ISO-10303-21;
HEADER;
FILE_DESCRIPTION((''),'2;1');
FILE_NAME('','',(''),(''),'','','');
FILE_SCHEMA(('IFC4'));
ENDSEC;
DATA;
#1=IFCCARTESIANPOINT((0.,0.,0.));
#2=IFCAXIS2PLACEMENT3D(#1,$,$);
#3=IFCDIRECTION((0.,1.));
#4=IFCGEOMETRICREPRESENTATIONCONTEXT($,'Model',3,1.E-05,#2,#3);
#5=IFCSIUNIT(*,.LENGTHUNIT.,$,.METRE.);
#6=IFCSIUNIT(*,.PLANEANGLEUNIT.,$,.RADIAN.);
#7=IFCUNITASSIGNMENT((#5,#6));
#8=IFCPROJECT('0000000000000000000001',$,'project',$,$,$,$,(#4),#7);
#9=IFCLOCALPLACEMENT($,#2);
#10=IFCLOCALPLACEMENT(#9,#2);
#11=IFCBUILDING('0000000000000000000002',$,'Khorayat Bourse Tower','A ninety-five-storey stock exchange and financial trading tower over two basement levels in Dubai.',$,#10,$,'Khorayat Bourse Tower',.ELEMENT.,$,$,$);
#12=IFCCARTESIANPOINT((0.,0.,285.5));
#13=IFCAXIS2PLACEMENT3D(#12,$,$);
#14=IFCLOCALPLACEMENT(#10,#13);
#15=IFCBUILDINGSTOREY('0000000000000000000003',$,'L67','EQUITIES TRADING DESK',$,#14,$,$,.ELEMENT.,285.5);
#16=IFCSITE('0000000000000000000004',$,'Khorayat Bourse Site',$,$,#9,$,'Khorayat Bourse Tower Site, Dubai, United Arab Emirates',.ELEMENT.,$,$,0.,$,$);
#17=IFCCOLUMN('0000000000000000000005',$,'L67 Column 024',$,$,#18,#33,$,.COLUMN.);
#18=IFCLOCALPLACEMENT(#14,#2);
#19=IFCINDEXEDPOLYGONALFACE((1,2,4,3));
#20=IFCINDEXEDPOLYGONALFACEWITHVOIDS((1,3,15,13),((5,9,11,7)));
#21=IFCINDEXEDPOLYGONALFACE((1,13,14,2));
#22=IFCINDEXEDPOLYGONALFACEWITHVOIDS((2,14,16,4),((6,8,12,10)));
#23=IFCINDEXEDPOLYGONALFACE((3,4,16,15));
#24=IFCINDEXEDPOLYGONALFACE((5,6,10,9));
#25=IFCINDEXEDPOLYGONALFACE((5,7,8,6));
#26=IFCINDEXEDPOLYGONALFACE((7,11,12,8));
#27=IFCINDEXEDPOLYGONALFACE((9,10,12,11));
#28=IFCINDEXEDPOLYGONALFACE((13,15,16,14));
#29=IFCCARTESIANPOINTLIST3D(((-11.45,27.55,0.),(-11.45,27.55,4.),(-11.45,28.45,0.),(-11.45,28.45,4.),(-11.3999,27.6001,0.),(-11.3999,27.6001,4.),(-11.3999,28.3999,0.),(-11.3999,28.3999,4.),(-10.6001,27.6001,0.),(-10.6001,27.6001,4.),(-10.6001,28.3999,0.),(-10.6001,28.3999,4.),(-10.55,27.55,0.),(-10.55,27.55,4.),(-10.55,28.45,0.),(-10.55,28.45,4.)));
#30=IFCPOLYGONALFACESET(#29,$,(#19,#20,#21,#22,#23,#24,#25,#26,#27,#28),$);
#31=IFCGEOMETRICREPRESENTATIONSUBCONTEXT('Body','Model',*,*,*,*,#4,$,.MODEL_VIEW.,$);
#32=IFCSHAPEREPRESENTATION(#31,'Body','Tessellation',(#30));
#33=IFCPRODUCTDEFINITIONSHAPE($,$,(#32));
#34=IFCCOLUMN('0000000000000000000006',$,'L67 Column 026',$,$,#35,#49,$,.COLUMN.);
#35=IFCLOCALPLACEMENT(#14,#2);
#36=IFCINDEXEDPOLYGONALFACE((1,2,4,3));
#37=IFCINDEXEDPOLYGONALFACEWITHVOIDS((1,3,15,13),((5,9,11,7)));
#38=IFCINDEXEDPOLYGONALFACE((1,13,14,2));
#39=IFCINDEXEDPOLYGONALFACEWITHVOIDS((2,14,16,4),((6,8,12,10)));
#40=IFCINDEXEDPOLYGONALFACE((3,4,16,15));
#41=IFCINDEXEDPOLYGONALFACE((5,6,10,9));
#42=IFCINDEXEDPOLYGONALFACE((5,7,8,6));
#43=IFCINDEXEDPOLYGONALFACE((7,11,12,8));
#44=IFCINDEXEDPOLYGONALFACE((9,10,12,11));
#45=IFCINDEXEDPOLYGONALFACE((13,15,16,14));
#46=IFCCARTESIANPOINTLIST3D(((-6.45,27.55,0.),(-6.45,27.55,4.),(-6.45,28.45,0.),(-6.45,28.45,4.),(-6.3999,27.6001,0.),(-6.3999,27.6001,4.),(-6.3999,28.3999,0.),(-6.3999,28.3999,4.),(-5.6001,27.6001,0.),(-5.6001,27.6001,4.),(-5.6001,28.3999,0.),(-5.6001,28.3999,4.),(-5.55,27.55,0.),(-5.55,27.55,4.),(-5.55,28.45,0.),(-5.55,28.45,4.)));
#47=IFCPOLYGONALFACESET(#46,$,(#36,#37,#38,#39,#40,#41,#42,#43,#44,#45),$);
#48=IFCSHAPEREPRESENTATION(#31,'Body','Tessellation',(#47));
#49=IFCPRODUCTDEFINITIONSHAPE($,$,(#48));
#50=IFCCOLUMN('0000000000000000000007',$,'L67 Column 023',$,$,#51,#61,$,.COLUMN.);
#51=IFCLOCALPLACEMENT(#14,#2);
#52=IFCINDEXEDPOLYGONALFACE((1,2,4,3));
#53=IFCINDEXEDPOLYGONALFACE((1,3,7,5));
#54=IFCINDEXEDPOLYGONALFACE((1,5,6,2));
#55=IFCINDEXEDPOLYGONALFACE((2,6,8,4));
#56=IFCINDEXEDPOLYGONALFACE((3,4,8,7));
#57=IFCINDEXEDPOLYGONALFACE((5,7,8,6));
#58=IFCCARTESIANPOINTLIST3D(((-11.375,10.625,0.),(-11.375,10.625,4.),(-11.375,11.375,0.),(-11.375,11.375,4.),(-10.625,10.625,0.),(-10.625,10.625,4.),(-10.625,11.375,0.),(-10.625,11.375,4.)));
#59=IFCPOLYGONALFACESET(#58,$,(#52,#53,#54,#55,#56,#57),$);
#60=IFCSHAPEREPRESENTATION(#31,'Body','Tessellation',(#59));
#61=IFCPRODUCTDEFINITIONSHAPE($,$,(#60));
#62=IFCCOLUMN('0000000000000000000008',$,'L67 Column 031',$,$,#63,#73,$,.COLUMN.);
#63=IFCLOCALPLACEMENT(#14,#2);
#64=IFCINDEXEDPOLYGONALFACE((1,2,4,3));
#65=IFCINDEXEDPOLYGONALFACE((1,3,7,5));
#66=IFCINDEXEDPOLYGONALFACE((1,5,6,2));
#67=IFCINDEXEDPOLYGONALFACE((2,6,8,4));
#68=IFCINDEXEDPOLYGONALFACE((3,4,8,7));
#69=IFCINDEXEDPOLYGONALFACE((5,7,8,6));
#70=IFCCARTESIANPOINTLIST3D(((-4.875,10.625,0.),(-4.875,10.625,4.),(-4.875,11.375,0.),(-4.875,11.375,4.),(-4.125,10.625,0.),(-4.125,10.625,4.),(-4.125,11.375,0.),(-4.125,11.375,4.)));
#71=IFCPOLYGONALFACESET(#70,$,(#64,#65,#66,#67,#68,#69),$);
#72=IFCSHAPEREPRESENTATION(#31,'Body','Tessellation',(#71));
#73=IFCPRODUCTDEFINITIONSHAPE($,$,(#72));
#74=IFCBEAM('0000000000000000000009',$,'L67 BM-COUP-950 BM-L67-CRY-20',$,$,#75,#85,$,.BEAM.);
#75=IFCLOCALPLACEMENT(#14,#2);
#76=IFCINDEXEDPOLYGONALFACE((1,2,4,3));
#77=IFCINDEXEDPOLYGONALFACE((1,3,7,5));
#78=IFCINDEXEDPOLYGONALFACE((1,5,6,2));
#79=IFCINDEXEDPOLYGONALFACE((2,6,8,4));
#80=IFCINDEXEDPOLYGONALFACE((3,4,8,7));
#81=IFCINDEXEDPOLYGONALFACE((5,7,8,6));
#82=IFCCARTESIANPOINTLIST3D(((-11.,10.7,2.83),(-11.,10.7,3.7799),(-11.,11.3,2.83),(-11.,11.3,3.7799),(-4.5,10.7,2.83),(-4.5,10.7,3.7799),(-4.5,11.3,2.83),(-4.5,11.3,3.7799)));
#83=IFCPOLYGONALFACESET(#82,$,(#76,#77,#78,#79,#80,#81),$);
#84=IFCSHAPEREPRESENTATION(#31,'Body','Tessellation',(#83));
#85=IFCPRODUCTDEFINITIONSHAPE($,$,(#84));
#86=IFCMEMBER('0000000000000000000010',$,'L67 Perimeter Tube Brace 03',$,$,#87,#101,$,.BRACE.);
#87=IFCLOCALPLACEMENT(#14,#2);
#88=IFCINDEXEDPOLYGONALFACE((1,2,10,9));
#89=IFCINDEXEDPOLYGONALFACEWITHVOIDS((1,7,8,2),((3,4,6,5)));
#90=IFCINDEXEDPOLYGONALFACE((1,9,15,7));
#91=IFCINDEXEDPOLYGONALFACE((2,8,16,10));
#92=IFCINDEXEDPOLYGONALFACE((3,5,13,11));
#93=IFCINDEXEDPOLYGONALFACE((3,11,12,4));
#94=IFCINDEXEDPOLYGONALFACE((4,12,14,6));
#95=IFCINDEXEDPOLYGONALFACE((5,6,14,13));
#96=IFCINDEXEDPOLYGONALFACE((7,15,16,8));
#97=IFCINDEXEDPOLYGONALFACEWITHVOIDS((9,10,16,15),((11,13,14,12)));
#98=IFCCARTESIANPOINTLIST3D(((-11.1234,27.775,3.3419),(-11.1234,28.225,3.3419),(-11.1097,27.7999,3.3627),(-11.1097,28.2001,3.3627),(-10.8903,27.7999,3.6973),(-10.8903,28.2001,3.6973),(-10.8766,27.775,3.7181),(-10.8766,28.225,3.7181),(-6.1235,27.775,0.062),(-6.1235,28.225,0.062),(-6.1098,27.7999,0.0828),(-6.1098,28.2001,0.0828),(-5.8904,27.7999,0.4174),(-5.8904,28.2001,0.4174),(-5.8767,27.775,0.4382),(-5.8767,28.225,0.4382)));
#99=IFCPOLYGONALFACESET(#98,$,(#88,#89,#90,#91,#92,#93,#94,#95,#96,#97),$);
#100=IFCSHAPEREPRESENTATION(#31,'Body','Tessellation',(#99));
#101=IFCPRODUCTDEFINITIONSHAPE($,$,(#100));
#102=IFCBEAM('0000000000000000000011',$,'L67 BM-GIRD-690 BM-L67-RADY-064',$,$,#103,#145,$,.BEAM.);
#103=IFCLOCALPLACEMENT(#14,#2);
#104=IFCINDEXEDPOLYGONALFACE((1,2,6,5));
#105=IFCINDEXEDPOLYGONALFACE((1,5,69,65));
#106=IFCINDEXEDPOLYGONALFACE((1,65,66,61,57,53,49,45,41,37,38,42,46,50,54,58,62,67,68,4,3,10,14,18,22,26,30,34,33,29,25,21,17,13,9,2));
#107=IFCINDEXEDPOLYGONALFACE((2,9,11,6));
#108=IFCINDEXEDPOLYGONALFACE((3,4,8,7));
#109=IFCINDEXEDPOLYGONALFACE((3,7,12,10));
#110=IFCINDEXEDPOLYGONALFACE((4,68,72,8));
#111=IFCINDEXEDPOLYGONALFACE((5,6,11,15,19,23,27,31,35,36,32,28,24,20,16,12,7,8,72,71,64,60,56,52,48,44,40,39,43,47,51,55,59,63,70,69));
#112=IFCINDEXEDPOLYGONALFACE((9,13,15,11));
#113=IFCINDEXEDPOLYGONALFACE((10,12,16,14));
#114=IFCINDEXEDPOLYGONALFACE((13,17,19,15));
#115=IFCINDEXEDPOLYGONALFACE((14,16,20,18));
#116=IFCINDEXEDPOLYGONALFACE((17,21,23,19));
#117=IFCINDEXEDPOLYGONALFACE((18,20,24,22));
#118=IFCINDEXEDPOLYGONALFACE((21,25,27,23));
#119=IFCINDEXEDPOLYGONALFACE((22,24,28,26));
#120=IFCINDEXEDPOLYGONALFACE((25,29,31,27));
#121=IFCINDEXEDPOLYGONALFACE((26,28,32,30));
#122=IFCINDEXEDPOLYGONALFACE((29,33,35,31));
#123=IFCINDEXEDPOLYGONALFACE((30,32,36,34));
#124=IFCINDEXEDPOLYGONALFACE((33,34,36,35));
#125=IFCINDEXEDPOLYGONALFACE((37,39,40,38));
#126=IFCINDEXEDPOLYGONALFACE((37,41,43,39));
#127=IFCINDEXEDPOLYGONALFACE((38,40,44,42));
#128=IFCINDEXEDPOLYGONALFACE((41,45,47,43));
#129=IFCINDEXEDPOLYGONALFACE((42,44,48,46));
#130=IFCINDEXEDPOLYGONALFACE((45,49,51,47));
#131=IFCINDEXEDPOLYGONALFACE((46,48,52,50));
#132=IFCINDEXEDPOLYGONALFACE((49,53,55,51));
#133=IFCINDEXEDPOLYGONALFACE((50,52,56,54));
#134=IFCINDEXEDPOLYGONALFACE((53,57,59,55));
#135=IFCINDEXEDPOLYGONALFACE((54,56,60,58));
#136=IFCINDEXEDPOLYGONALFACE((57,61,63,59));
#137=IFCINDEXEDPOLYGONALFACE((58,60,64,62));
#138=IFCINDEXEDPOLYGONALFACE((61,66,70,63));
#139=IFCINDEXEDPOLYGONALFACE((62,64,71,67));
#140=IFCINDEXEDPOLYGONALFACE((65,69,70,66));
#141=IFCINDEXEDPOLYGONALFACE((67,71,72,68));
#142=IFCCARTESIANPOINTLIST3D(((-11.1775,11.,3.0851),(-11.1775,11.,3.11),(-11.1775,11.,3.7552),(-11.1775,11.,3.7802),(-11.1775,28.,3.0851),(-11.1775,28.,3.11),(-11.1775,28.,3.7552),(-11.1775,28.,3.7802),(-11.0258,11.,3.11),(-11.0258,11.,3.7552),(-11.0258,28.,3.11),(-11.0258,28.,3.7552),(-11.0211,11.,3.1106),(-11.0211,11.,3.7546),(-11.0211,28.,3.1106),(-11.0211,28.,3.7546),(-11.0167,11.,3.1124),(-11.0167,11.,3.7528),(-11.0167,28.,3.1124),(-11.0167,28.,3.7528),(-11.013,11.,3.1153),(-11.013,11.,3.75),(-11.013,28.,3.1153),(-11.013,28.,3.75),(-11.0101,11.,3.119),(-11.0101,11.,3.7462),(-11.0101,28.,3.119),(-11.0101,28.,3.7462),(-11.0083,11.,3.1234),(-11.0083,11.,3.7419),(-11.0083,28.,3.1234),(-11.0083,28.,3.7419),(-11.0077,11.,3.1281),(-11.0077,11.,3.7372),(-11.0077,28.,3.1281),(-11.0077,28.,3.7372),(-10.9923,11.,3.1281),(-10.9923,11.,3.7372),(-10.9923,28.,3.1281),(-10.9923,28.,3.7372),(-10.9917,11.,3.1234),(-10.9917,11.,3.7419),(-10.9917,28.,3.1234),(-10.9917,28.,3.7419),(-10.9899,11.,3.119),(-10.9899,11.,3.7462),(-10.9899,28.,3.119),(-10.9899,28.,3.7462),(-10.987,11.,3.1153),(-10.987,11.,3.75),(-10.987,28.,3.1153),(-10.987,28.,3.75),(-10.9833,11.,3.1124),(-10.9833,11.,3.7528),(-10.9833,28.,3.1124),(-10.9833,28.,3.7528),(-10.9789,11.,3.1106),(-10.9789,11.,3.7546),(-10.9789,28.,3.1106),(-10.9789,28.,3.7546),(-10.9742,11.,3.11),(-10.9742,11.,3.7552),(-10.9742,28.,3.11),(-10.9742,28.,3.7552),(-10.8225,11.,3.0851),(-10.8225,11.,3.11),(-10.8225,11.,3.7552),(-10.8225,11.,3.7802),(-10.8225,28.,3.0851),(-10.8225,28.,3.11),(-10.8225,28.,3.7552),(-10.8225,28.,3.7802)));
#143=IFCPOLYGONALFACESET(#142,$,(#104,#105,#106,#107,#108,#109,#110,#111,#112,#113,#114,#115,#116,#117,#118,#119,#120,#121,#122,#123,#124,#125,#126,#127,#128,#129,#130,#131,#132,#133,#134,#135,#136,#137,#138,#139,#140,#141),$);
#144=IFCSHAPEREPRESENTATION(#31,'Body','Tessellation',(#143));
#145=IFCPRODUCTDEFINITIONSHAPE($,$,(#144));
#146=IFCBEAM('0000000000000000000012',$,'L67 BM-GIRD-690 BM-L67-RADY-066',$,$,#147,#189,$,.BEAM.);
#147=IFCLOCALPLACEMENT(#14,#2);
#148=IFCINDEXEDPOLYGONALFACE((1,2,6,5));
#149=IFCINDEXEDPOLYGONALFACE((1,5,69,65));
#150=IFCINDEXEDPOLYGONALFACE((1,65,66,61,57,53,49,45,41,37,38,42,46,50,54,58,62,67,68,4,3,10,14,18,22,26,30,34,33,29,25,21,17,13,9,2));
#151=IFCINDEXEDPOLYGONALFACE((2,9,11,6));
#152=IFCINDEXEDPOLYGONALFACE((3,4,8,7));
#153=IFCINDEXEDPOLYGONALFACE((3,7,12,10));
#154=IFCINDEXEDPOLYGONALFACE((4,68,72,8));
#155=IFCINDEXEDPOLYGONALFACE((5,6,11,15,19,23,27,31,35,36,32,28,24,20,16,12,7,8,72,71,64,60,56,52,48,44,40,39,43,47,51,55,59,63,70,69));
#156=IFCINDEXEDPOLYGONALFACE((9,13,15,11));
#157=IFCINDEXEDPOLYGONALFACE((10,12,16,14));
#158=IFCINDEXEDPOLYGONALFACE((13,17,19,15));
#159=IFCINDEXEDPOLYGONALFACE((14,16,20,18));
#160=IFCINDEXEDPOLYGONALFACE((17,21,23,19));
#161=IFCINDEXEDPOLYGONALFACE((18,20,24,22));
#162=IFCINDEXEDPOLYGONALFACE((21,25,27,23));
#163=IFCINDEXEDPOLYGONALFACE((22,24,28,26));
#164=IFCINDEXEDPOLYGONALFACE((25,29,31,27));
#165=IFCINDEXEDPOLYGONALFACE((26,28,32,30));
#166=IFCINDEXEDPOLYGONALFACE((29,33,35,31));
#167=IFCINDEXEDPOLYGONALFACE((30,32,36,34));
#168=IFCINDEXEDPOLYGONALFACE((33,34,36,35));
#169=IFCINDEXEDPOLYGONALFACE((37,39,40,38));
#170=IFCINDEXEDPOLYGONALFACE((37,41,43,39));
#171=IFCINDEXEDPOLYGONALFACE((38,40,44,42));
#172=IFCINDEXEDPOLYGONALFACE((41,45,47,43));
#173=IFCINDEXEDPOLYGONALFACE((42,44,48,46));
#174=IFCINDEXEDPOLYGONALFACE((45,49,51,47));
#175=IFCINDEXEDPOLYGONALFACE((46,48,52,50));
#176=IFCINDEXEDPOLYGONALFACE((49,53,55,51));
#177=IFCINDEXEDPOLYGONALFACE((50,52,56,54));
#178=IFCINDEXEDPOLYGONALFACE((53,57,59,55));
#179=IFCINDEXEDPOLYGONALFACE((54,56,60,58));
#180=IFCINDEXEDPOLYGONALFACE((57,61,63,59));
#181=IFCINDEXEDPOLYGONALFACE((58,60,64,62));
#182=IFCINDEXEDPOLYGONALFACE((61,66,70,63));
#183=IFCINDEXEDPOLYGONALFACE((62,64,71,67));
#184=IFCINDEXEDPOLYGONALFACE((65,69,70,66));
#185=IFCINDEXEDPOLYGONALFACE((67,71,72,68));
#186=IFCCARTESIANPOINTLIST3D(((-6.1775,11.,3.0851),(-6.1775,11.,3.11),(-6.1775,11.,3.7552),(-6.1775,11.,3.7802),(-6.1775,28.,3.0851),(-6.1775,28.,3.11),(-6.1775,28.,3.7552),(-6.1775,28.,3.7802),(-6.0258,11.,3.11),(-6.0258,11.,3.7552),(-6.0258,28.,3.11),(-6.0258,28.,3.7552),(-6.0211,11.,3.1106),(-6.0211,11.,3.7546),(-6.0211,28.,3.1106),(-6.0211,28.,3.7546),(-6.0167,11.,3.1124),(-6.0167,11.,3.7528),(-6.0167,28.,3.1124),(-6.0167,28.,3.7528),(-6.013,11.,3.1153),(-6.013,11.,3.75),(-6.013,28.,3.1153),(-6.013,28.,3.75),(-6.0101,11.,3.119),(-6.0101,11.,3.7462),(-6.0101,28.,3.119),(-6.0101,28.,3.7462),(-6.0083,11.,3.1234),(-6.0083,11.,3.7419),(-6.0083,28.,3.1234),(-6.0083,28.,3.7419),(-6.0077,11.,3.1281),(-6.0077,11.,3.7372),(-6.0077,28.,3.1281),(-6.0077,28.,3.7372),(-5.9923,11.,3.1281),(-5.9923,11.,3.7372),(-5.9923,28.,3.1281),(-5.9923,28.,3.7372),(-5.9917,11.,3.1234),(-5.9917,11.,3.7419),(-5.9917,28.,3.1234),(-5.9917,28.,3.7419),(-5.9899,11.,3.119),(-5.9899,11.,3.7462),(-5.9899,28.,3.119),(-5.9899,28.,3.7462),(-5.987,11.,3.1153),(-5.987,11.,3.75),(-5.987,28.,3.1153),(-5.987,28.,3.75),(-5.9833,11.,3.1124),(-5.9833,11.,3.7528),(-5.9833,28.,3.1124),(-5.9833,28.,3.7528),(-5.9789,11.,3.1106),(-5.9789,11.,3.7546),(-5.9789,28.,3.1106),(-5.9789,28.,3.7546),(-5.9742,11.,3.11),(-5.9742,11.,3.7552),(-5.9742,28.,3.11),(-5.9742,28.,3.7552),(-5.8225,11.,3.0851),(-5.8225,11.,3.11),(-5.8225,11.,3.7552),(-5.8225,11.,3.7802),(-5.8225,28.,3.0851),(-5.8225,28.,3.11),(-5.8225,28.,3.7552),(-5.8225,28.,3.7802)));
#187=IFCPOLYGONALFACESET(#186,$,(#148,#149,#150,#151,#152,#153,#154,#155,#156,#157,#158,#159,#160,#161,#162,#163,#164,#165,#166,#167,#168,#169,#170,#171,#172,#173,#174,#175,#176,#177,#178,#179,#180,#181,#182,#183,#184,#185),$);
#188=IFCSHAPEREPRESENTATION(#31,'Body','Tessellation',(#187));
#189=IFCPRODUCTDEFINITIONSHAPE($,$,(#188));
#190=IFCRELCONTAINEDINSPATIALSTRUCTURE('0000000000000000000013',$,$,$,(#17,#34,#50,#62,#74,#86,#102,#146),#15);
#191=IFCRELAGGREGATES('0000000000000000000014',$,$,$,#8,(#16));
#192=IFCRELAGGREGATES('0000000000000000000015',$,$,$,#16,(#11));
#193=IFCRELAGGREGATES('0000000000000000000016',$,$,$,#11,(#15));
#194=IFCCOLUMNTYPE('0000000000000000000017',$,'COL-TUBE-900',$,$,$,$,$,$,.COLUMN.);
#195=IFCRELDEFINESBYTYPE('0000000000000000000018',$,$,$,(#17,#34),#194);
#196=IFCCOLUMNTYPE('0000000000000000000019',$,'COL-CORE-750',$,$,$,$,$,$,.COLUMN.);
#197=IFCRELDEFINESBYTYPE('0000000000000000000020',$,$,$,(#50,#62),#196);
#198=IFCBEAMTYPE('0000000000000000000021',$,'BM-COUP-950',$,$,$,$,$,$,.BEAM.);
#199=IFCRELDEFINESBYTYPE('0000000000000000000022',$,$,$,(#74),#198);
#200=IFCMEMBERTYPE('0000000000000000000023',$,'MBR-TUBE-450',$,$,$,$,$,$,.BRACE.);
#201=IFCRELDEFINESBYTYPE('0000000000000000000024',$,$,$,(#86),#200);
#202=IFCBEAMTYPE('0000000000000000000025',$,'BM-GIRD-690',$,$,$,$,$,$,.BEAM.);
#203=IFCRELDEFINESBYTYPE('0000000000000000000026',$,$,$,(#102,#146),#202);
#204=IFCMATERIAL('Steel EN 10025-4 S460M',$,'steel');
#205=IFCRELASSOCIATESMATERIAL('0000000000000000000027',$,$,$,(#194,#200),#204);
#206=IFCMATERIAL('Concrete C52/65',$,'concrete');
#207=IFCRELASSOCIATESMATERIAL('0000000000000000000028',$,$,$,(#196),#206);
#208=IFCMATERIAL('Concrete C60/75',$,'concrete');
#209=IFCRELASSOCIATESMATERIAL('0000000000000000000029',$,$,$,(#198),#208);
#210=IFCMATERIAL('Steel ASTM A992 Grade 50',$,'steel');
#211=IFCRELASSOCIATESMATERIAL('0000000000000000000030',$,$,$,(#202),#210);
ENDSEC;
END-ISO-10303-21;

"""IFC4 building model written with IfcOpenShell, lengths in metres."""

from ifc_helpers import new_model, si_unit, direction, frame, origin, origin_2d, place, context, subcontext, project, spatial, rectangle, hollow_rectangle, i_section, extrude, source, transform, mapped, material, material_profile, profile_set, type_object, element, save


model = new_model("IFC4")

# Units and contexts
model_context = context("Model", 3, precision=1e-05, world=origin(), true_north=direction((0.0, 1.0)))
body_context = subcontext(model_context, "Body", "Model", "MODEL_VIEW")
ifc_project = project(units=[si_unit("LENGTHUNIT", "METRE"), si_unit("PLANEANGLEUNIT", "RADIAN")], contexts=[model_context])

# Site, building, storey
site_placement = place(None, origin())
site = spatial("IfcSite", under=ifc_project, at=site_placement, Name="Khorayat Bourse Site", LongName="Khorayat Bourse Tower Site, Dubai, United Arab Emirates", CompositionType="ELEMENT", RefElevation=0.0)
building_placement = place(site_placement, origin())
building = spatial("IfcBuilding", under=site, at=building_placement, Name="Khorayat Bourse Tower", Description="A ninety-five-storey stock exchange and financial trading tower over two basement levels in Dubai.", LongName="Khorayat Bourse Tower", CompositionType="ELEMENT")
storey_placement = place(building_placement, frame((0.0, 0.0, 285.5)))
storey = spatial("IfcBuildingStorey", under=building, at=storey_placement, Name="L67", Description="EQUITIES TRADING DESK", CompositionType="ELEMENT", Elevation=285.5)

# Columns
ifc_material_1 = material(Name="Steel EN 10025-4 S460M", Category="steel")
ifc_material_profile_1 = material_profile(ifc_material_1, hollow_rectangle(XDim=0.8999, YDim=0.8999, WallThickness=0.05, at=origin_2d()), Name="BOX 900x900x50")
ifc_profile_set_1 = profile_set([ifc_material_profile_1], Name="Steel EN 10025-4 S460M")
column_type_1 = type_object("IfcColumnType", Name="COL-TUBE-900", PredefinedType="COLUMN", material=ifc_profile_set_1)
shared_shape_1 = source(origin(), body_context, "Body", "SweptSolid", [
    extrude(hollow_rectangle(XDim=0.8999, YDim=0.8999, WallThickness=0.05, at=origin_2d()), origin(), (0.0, 0.0, 1.0), 4.0),
])
for number, where, z_axis, x_axis, name in (
    (1, (-11.0, 28.0, 0.0), (0.0, 0.0, 1.0), (1.0, 0.0, 0.0), "L67 Column 024"),
    (2, (-6.0, 28.0, 0.0), (0.0, 0.0, 1.0), (1.0, 0.0, 0.0), "L67 Column 026"),
):
    element("IfcColumn", number, at=place(storey_placement, frame(where, z_axis=z_axis, x_axis=x_axis)), inside=storey, type_object=column_type_1, Name=name, PredefinedType="COLUMN", context=body_context, shape_type="MappedRepresentation", body=[
        mapped(shared_shape_1, transform((0.0, 0.0, 0.0), scale=1.0)),
    ])
ifc_material_2 = material(Name="Concrete C52/65", Category="concrete")
ifc_material_profile_2 = material_profile(ifc_material_2, rectangle(XDim=0.75, YDim=0.75, at=origin_2d()), Name="RC 750x750")
ifc_profile_set_2 = profile_set([ifc_material_profile_2], Name="Concrete C52/65")
column_type_2 = type_object("IfcColumnType", Name="COL-CORE-750", PredefinedType="COLUMN", material=ifc_profile_set_2)
shared_shape_2 = source(origin(), body_context, "Body", "SweptSolid", [
    extrude(rectangle(XDim=0.75, YDim=0.75, at=origin_2d()), origin(), (0.0, 0.0, 1.0), 4.0),
])
for number, where, z_axis, x_axis, name in (
    (3, (-11.0, 11.0, 0.0), (0.0, 0.0, 1.0), (1.0, 0.0, 0.0), "L67 Column 023"),
    (4, (-4.5, 11.0, 0.0), (0.0, 0.0, 1.0), (1.0, 0.0, 0.0), "L67 Column 031"),
):
    element("IfcColumn", number, at=place(storey_placement, frame(where, z_axis=z_axis, x_axis=x_axis)), inside=storey, type_object=column_type_2, Name=name, PredefinedType="COLUMN", context=body_context, shape_type="MappedRepresentation", body=[
        mapped(shared_shape_2, transform((0.0, 0.0, 0.0), scale=1.0)),
    ])

# Beam
ifc_material_3 = material(Name="Concrete C60/75", Category="concrete")
ifc_material_profile_3 = material_profile(ifc_material_3, rectangle(XDim=0.6001, YDim=0.95, at=origin_2d()), Name="RC 600x950")
ifc_profile_set_3 = profile_set([ifc_material_profile_3], Name="Concrete C60/75")
beam_type_1 = type_object("IfcBeamType", Name="BM-COUP-950", PredefinedType="BEAM", material=ifc_profile_set_3)
shared_shape_3 = source(origin(), body_context, "Body", "SweptSolid", [
    extrude(rectangle(XDim=0.6001, YDim=0.95, at=origin_2d()), origin(), (0.0, 0.0, 1.0), 6.5),
])
beam_1_placement = place(storey_placement, frame((-11.0, 11.0, 3.3049), z_axis=(1.0, 0.0, 0.0), x_axis=(0.0, 1.0, 0.0)))
element("IfcBeam", 5, at=beam_1_placement, inside=storey, type_object=beam_type_1, Name="L67 BM-COUP-950 BM-L67-CRY-20", PredefinedType="BEAM", context=body_context, shape_type="MappedRepresentation", body=[
    mapped(shared_shape_3, transform((0.0, 0.0, 0.0), scale=1.0)),
])

# Member
ifc_material_profile_4 = material_profile(ifc_material_1, hollow_rectangle(XDim=0.45, YDim=0.45, WallThickness=0.0249, at=origin_2d()), Name="HSS 450x450x25")
ifc_profile_set_4 = profile_set([ifc_material_profile_4], Name="Steel EN 10025-4 S460M")
member_type_1 = type_object("IfcMemberType", Name="MBR-TUBE-450", PredefinedType="BRACE", material=ifc_profile_set_4)
shared_shape_4 = source(origin(), body_context, "Body", "SweptSolid", [
    extrude(hollow_rectangle(XDim=0.45, YDim=0.45, WallThickness=0.0249, at=origin_2d()), origin(), (0.0, 0.0, 1.0), 5.9797),
])
member_1_placement = place(storey_placement, frame((-11.0, 28.0, 3.53), z_axis=(0.836142, 0.0, -0.548514), x_axis=(0.0, 1.0, 0.0)))
element("IfcMember", 6, at=member_1_placement, inside=storey, type_object=member_type_1, Name="L67 Perimeter Tube Brace 03", PredefinedType="BRACE", context=body_context, shape_type="MappedRepresentation", body=[
    mapped(shared_shape_4, transform((0.0, 0.0, 0.0), scale=1.0)),
])

# Beams
ifc_material_4 = material(Name="Steel ASTM A992 Grade 50", Category="steel")
ifc_material_profile_5 = material_profile(ifc_material_4, i_section(OverallWidth=0.355, OverallDepth=0.6951, WebThickness=0.0154, FlangeThickness=0.0249, FilletRadius=0.0181, at=origin_2d()), Name="W690X217")
ifc_profile_set_5 = profile_set([ifc_material_profile_5], Name="Steel ASTM A992 Grade 50")
beam_type_2 = type_object("IfcBeamType", Name="BM-GIRD-690", PredefinedType="BEAM", material=ifc_profile_set_5)
shared_shape_5 = source(origin(), body_context, "Body", "SweptSolid", [
    extrude(i_section(OverallWidth=0.355, OverallDepth=0.6951, WebThickness=0.0154, FlangeThickness=0.0249, FilletRadius=0.0181, at=origin_2d()), origin(), (0.0, 0.0, 1.0), 17.0),
])
for number, where, z_axis, x_axis, name in (
    (7, (-11.0, 11.0, 3.4326), (0.0, 1.0, 0.0), (-1.0, 0.0, 0.0), "L67 BM-GIRD-690 BM-L67-RADY-064"),
    (8, (-6.0, 11.0, 3.4326), (0.0, 1.0, 0.0), (-1.0, 0.0, 0.0), "L67 BM-GIRD-690 BM-L67-RADY-066"),
):
    element("IfcBeam", number, at=place(storey_placement, frame(where, z_axis=z_axis, x_axis=x_axis)), inside=storey, type_object=beam_type_2, Name=name, PredefinedType="BEAM", context=body_context, shape_type="MappedRepresentation", body=[
        mapped(shared_shape_5, transform((0.0, 0.0, 0.0), scale=1.0)),
    ])

save(model, "model.ifc")
